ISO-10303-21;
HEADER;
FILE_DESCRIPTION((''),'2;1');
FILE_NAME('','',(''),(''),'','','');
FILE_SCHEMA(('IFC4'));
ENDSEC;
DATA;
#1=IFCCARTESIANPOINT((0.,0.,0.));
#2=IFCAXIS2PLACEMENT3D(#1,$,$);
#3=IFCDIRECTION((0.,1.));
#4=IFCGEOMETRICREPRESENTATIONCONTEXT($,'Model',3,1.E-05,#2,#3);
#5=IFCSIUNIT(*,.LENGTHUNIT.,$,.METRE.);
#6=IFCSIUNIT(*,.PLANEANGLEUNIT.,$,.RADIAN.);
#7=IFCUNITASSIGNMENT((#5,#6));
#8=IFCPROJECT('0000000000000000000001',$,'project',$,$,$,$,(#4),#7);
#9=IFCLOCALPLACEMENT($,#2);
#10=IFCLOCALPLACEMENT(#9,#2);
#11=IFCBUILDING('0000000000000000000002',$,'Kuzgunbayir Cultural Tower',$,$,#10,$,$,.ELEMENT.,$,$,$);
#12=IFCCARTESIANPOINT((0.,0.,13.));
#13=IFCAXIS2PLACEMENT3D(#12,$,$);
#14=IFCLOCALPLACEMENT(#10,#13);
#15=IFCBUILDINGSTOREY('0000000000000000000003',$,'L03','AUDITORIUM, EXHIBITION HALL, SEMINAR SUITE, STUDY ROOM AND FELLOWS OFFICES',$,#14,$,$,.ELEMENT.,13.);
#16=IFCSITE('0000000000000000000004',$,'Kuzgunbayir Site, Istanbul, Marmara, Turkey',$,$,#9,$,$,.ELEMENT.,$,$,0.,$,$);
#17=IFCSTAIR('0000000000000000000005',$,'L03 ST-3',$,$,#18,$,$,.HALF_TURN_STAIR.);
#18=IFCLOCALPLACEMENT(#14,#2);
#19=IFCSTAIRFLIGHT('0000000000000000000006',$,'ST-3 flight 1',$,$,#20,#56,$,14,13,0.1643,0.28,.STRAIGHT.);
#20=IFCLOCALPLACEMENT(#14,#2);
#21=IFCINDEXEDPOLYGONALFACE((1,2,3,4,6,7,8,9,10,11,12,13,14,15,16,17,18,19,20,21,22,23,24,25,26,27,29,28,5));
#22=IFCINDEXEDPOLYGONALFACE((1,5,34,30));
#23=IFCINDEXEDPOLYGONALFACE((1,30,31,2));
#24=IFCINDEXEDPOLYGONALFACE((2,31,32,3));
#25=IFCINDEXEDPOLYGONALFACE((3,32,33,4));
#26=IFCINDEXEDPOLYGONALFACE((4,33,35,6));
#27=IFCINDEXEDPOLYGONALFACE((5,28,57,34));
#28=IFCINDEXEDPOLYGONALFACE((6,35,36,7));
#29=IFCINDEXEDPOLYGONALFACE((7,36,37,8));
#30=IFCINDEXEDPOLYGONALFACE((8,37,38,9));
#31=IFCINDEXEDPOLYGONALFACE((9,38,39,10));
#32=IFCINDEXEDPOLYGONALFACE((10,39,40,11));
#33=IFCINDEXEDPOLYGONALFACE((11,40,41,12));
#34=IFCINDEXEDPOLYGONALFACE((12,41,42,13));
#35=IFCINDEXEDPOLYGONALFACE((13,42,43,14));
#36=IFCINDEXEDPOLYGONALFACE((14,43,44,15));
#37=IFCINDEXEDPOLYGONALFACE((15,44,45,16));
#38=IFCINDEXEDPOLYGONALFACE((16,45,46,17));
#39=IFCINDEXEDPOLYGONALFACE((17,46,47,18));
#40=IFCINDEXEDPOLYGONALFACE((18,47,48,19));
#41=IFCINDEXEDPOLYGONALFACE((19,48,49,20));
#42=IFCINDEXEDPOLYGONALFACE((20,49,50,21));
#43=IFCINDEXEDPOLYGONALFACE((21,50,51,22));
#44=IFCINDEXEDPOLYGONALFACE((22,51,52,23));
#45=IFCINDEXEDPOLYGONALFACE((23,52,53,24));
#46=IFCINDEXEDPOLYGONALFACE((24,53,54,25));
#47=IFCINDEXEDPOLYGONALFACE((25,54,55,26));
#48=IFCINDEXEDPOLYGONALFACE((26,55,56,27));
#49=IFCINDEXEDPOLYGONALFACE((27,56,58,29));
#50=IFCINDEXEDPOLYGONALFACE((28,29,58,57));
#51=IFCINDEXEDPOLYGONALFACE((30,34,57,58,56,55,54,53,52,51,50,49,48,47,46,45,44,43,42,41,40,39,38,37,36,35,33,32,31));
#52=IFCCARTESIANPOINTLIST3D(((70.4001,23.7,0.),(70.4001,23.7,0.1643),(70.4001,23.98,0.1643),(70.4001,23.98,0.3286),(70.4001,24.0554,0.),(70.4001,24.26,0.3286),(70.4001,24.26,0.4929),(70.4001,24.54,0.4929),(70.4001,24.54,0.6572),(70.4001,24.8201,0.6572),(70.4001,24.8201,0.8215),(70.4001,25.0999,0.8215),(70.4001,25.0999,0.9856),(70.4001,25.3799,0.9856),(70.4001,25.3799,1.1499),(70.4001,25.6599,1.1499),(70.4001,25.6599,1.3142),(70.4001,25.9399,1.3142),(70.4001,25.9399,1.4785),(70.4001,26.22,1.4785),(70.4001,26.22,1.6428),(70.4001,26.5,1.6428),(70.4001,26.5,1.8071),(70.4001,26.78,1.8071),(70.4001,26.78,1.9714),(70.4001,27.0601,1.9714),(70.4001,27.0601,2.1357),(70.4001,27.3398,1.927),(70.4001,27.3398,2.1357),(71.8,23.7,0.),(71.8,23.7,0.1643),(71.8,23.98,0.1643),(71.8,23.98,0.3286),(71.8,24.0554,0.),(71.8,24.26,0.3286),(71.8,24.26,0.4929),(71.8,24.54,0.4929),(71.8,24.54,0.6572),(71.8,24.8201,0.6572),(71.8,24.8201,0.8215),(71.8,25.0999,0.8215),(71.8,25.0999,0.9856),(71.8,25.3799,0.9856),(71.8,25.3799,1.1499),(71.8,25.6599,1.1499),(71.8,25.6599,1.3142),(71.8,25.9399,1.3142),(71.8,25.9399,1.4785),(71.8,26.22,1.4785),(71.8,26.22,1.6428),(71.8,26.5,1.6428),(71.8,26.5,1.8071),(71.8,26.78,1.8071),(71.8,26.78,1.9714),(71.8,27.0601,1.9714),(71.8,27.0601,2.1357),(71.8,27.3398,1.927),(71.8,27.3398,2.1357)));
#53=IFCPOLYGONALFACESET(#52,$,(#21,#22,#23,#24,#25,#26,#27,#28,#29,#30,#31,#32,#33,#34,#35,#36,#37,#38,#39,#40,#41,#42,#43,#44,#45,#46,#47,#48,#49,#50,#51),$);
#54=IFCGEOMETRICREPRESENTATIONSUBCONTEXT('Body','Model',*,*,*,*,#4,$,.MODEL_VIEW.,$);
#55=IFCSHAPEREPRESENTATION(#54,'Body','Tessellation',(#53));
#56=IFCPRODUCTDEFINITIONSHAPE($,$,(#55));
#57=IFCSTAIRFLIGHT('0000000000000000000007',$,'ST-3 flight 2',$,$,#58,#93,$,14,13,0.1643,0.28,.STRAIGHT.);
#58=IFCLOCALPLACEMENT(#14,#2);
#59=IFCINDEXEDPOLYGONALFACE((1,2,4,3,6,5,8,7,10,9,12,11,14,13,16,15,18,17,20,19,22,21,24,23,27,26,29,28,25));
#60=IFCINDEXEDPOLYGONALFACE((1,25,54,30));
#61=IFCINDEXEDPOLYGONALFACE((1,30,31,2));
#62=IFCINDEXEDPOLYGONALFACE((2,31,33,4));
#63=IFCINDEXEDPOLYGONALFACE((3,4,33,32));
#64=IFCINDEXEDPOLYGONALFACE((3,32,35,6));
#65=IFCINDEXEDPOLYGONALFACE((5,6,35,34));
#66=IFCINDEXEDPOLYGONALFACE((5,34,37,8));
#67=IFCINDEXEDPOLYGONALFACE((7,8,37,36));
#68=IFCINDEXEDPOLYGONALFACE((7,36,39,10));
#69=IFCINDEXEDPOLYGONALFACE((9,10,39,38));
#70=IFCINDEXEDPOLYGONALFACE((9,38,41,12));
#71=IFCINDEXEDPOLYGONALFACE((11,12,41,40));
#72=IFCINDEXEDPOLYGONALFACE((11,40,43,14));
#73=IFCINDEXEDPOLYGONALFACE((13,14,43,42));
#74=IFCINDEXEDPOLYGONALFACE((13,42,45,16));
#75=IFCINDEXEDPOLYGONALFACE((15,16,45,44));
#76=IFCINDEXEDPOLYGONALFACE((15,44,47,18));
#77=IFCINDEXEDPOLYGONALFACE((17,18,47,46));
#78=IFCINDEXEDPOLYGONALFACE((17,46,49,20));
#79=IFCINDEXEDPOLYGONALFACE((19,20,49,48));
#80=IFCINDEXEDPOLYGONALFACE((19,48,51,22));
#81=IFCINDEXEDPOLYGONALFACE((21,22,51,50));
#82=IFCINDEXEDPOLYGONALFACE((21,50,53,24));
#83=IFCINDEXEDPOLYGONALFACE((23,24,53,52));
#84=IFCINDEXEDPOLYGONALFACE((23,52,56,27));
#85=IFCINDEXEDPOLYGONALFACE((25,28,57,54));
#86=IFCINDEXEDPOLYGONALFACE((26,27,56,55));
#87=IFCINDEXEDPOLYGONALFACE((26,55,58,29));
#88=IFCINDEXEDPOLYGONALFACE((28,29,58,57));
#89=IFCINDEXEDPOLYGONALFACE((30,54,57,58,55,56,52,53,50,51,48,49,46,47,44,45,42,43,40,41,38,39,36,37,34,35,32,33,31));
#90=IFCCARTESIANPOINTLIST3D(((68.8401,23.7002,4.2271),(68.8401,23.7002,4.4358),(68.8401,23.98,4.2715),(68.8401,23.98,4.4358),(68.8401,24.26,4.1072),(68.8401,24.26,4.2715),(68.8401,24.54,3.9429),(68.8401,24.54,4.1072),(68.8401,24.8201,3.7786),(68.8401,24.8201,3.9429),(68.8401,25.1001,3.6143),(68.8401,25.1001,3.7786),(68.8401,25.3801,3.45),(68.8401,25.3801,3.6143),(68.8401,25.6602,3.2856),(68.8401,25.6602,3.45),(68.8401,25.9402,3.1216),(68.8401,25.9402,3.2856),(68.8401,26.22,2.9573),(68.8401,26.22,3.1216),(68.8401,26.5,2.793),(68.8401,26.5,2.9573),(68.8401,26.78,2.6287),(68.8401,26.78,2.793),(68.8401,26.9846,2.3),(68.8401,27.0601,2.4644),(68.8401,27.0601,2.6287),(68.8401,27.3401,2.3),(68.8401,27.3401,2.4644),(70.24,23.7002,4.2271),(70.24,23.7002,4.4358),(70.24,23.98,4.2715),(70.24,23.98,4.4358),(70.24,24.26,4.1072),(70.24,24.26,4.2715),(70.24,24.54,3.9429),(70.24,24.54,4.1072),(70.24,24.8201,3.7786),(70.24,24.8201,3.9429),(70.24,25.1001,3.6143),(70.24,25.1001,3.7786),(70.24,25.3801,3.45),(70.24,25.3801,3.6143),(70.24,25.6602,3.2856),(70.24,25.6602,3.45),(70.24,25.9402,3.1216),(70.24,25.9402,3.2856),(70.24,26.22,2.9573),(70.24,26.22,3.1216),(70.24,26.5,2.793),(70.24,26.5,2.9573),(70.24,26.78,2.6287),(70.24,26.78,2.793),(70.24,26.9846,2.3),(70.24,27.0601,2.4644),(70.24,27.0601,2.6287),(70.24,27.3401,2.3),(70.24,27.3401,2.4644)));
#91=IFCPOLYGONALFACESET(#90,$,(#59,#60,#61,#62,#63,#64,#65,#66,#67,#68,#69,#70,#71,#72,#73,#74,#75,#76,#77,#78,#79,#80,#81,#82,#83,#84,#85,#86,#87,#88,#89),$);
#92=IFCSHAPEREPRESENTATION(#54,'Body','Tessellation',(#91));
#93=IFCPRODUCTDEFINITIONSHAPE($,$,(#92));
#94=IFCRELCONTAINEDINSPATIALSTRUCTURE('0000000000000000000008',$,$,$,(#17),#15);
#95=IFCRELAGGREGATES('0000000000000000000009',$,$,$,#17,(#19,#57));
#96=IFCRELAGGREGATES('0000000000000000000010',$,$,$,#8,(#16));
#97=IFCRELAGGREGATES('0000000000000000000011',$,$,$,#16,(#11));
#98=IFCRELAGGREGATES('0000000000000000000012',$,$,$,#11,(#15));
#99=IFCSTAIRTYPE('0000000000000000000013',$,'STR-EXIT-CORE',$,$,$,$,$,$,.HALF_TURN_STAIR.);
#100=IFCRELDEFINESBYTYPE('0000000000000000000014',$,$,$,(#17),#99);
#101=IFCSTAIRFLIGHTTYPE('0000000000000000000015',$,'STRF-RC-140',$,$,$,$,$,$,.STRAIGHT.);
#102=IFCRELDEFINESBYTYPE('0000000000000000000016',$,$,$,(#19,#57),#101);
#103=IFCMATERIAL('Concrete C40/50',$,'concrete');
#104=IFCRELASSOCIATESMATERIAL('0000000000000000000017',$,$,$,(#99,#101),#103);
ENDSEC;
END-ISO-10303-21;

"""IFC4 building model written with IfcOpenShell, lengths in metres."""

from ifc_helpers import new_model, si_unit, direction, frame, origin, place, context, subcontext, project, spatial, polyline, outline, extrude, material, type_object, element, aggregate, save


model = new_model("IFC4")

# Units and contexts
model_context = context("Model", 3, precision=1e-05, world=origin(), true_north=direction((0.0, 1.0)))
body_context = subcontext(model_context, "Body", "Model", "MODEL_VIEW")
ifc_project = project(units=[si_unit("LENGTHUNIT", "METRE"), si_unit("PLANEANGLEUNIT", "RADIAN")], contexts=[model_context])

# Site, building, storey
site_placement = place(None, origin())
site = spatial("IfcSite", under=ifc_project, at=site_placement, Name="Kuzgunbayir Site, Istanbul, Marmara, Turkey", CompositionType="ELEMENT", RefElevation=0.0)
building_placement = place(site_placement, origin())
building = spatial("IfcBuilding", under=site, at=building_placement, Name="Kuzgunbayir Cultural Tower", CompositionType="ELEMENT")
storey_placement = place(building_placement, frame((0.0, 0.0, 13.0)))
storey = spatial("IfcBuildingStorey", under=building, at=storey_placement, Name="L03", Description="AUDITORIUM, EXHIBITION HALL, SEMINAR SUITE, STUDY ROOM AND FELLOWS OFFICES", CompositionType="ELEMENT", Elevation=13.0)

# Shared definitions
ifc_material_1 = material(Name="Concrete C40/50", Category="concrete")

# Stair, stair flights
stair_type = type_object("IfcStairType", Name="STR-EXIT-CORE", PredefinedType="HALF_TURN_STAIR", material=ifc_material_1)
stair_placement = place(storey_placement, origin())
stair = element("IfcStair", 1, at=stair_placement, inside=storey, type_object=stair_type, Name="L03 ST-3", PredefinedType="HALF_TURN_STAIR")
stair_flight_type = type_object("IfcStairFlightType", Name="STRF-RC-140", PredefinedType="STRAIGHT", material=ifc_material_1)
stair_flight_1_placement = place(storey_placement, frame((71.1001, 23.7, 0.0), z_axis=(0.0, 0.0, 1.0), x_axis=(0.0, 1.0, 0.0)))
stair_flight_1 = element("IfcStairFlight", 2, at=stair_flight_1_placement, type_object=stair_flight_type, Name="ST-3 flight 1", NumberOfRisers=14, NumberOfTreads=13, PredefinedType="STRAIGHT", RiserHeight=0.1643, TreadLength=0.28, context=body_context, shape_type="SweptSolid", body=[
    extrude(outline(polyline([(0.0, 0.0), (0.0, 0.1643), (0.28, 0.1643), (0.28, 0.3286), (0.5601, 0.3286), (0.5601, 0.4929), (0.8401, 0.4929), (0.8401, 0.6572), (1.1201, 0.6572), (1.1201, 0.8215), (1.3999, 0.8215), (1.3999, 0.9856), (1.6799, 0.9856), (1.6799, 1.1499), (1.96, 1.1499), (1.96, 1.3142), (2.24, 1.3142), (2.24, 1.4785), (2.52, 1.4785), (2.52, 1.6428), (2.8, 1.6428), (2.8, 1.8071), (3.0801, 1.8071), (3.0801, 1.9714), (3.3601, 1.9714), (3.3601, 2.1357), (3.6399, 2.1357), (3.6399, 2.3), (3.6399, 1.927), (0.3555, 0.0), (0.0, 0.0)])), frame((0.0, 0.7, 0.0), z_axis=(0.0, -1.0, 0.0), x_axis=(1.0, 0.0, 0.0)), (0.0, 0.0, 1.0), 1.3999),
])
stair_flight_2_placement = place(storey_placement, frame((69.54, 27.3401, 2.3), z_axis=(0.0, 0.0, 1.0), x_axis=(0.0, -1.0, 0.0)))
stair_flight_2 = element("IfcStairFlight", 3, at=stair_flight_2_placement, type_object=stair_flight_type, Name="ST-3 flight 2", NumberOfRisers=14, NumberOfTreads=13, PredefinedType="STRAIGHT", RiserHeight=0.1643, TreadLength=0.28, context=body_context, shape_type="SweptSolid", body=[
    extrude(outline(polyline([(0.0, 0.0), (0.0, 0.1643), (0.28, 0.1643), (0.28, 0.3286), (0.5601, 0.3286), (0.5601, 0.4929), (0.8401, 0.4929), (0.8401, 0.6572), (1.1201, 0.6572), (1.1201, 0.8215), (1.3999, 0.8215), (1.3999, 0.9856), (1.6799, 0.9856), (1.6799, 1.1499), (1.96, 1.1499), (1.96, 1.3142), (2.24, 1.3142), (2.24, 1.4785), (2.52, 1.4785), (2.52, 1.6428), (2.8, 1.6428), (2.8, 1.8071), (3.0801, 1.8071), (3.0801, 1.9714), (3.3601, 1.9714), (3.3601, 2.1357), (3.6399, 2.1357), (3.6399, 2.3), (3.6399, 1.927), (0.3555, 0.0), (0.0, 0.0)])), frame((0.0, 0.7, 0.0), z_axis=(0.0, -1.0, 0.0), x_axis=(1.0, 0.0, 0.0)), (0.0, 0.0, 1.0), 1.3999),
])
aggregate(stair, [stair_flight_1, stair_flight_2])

save(model, "model.ifc")
